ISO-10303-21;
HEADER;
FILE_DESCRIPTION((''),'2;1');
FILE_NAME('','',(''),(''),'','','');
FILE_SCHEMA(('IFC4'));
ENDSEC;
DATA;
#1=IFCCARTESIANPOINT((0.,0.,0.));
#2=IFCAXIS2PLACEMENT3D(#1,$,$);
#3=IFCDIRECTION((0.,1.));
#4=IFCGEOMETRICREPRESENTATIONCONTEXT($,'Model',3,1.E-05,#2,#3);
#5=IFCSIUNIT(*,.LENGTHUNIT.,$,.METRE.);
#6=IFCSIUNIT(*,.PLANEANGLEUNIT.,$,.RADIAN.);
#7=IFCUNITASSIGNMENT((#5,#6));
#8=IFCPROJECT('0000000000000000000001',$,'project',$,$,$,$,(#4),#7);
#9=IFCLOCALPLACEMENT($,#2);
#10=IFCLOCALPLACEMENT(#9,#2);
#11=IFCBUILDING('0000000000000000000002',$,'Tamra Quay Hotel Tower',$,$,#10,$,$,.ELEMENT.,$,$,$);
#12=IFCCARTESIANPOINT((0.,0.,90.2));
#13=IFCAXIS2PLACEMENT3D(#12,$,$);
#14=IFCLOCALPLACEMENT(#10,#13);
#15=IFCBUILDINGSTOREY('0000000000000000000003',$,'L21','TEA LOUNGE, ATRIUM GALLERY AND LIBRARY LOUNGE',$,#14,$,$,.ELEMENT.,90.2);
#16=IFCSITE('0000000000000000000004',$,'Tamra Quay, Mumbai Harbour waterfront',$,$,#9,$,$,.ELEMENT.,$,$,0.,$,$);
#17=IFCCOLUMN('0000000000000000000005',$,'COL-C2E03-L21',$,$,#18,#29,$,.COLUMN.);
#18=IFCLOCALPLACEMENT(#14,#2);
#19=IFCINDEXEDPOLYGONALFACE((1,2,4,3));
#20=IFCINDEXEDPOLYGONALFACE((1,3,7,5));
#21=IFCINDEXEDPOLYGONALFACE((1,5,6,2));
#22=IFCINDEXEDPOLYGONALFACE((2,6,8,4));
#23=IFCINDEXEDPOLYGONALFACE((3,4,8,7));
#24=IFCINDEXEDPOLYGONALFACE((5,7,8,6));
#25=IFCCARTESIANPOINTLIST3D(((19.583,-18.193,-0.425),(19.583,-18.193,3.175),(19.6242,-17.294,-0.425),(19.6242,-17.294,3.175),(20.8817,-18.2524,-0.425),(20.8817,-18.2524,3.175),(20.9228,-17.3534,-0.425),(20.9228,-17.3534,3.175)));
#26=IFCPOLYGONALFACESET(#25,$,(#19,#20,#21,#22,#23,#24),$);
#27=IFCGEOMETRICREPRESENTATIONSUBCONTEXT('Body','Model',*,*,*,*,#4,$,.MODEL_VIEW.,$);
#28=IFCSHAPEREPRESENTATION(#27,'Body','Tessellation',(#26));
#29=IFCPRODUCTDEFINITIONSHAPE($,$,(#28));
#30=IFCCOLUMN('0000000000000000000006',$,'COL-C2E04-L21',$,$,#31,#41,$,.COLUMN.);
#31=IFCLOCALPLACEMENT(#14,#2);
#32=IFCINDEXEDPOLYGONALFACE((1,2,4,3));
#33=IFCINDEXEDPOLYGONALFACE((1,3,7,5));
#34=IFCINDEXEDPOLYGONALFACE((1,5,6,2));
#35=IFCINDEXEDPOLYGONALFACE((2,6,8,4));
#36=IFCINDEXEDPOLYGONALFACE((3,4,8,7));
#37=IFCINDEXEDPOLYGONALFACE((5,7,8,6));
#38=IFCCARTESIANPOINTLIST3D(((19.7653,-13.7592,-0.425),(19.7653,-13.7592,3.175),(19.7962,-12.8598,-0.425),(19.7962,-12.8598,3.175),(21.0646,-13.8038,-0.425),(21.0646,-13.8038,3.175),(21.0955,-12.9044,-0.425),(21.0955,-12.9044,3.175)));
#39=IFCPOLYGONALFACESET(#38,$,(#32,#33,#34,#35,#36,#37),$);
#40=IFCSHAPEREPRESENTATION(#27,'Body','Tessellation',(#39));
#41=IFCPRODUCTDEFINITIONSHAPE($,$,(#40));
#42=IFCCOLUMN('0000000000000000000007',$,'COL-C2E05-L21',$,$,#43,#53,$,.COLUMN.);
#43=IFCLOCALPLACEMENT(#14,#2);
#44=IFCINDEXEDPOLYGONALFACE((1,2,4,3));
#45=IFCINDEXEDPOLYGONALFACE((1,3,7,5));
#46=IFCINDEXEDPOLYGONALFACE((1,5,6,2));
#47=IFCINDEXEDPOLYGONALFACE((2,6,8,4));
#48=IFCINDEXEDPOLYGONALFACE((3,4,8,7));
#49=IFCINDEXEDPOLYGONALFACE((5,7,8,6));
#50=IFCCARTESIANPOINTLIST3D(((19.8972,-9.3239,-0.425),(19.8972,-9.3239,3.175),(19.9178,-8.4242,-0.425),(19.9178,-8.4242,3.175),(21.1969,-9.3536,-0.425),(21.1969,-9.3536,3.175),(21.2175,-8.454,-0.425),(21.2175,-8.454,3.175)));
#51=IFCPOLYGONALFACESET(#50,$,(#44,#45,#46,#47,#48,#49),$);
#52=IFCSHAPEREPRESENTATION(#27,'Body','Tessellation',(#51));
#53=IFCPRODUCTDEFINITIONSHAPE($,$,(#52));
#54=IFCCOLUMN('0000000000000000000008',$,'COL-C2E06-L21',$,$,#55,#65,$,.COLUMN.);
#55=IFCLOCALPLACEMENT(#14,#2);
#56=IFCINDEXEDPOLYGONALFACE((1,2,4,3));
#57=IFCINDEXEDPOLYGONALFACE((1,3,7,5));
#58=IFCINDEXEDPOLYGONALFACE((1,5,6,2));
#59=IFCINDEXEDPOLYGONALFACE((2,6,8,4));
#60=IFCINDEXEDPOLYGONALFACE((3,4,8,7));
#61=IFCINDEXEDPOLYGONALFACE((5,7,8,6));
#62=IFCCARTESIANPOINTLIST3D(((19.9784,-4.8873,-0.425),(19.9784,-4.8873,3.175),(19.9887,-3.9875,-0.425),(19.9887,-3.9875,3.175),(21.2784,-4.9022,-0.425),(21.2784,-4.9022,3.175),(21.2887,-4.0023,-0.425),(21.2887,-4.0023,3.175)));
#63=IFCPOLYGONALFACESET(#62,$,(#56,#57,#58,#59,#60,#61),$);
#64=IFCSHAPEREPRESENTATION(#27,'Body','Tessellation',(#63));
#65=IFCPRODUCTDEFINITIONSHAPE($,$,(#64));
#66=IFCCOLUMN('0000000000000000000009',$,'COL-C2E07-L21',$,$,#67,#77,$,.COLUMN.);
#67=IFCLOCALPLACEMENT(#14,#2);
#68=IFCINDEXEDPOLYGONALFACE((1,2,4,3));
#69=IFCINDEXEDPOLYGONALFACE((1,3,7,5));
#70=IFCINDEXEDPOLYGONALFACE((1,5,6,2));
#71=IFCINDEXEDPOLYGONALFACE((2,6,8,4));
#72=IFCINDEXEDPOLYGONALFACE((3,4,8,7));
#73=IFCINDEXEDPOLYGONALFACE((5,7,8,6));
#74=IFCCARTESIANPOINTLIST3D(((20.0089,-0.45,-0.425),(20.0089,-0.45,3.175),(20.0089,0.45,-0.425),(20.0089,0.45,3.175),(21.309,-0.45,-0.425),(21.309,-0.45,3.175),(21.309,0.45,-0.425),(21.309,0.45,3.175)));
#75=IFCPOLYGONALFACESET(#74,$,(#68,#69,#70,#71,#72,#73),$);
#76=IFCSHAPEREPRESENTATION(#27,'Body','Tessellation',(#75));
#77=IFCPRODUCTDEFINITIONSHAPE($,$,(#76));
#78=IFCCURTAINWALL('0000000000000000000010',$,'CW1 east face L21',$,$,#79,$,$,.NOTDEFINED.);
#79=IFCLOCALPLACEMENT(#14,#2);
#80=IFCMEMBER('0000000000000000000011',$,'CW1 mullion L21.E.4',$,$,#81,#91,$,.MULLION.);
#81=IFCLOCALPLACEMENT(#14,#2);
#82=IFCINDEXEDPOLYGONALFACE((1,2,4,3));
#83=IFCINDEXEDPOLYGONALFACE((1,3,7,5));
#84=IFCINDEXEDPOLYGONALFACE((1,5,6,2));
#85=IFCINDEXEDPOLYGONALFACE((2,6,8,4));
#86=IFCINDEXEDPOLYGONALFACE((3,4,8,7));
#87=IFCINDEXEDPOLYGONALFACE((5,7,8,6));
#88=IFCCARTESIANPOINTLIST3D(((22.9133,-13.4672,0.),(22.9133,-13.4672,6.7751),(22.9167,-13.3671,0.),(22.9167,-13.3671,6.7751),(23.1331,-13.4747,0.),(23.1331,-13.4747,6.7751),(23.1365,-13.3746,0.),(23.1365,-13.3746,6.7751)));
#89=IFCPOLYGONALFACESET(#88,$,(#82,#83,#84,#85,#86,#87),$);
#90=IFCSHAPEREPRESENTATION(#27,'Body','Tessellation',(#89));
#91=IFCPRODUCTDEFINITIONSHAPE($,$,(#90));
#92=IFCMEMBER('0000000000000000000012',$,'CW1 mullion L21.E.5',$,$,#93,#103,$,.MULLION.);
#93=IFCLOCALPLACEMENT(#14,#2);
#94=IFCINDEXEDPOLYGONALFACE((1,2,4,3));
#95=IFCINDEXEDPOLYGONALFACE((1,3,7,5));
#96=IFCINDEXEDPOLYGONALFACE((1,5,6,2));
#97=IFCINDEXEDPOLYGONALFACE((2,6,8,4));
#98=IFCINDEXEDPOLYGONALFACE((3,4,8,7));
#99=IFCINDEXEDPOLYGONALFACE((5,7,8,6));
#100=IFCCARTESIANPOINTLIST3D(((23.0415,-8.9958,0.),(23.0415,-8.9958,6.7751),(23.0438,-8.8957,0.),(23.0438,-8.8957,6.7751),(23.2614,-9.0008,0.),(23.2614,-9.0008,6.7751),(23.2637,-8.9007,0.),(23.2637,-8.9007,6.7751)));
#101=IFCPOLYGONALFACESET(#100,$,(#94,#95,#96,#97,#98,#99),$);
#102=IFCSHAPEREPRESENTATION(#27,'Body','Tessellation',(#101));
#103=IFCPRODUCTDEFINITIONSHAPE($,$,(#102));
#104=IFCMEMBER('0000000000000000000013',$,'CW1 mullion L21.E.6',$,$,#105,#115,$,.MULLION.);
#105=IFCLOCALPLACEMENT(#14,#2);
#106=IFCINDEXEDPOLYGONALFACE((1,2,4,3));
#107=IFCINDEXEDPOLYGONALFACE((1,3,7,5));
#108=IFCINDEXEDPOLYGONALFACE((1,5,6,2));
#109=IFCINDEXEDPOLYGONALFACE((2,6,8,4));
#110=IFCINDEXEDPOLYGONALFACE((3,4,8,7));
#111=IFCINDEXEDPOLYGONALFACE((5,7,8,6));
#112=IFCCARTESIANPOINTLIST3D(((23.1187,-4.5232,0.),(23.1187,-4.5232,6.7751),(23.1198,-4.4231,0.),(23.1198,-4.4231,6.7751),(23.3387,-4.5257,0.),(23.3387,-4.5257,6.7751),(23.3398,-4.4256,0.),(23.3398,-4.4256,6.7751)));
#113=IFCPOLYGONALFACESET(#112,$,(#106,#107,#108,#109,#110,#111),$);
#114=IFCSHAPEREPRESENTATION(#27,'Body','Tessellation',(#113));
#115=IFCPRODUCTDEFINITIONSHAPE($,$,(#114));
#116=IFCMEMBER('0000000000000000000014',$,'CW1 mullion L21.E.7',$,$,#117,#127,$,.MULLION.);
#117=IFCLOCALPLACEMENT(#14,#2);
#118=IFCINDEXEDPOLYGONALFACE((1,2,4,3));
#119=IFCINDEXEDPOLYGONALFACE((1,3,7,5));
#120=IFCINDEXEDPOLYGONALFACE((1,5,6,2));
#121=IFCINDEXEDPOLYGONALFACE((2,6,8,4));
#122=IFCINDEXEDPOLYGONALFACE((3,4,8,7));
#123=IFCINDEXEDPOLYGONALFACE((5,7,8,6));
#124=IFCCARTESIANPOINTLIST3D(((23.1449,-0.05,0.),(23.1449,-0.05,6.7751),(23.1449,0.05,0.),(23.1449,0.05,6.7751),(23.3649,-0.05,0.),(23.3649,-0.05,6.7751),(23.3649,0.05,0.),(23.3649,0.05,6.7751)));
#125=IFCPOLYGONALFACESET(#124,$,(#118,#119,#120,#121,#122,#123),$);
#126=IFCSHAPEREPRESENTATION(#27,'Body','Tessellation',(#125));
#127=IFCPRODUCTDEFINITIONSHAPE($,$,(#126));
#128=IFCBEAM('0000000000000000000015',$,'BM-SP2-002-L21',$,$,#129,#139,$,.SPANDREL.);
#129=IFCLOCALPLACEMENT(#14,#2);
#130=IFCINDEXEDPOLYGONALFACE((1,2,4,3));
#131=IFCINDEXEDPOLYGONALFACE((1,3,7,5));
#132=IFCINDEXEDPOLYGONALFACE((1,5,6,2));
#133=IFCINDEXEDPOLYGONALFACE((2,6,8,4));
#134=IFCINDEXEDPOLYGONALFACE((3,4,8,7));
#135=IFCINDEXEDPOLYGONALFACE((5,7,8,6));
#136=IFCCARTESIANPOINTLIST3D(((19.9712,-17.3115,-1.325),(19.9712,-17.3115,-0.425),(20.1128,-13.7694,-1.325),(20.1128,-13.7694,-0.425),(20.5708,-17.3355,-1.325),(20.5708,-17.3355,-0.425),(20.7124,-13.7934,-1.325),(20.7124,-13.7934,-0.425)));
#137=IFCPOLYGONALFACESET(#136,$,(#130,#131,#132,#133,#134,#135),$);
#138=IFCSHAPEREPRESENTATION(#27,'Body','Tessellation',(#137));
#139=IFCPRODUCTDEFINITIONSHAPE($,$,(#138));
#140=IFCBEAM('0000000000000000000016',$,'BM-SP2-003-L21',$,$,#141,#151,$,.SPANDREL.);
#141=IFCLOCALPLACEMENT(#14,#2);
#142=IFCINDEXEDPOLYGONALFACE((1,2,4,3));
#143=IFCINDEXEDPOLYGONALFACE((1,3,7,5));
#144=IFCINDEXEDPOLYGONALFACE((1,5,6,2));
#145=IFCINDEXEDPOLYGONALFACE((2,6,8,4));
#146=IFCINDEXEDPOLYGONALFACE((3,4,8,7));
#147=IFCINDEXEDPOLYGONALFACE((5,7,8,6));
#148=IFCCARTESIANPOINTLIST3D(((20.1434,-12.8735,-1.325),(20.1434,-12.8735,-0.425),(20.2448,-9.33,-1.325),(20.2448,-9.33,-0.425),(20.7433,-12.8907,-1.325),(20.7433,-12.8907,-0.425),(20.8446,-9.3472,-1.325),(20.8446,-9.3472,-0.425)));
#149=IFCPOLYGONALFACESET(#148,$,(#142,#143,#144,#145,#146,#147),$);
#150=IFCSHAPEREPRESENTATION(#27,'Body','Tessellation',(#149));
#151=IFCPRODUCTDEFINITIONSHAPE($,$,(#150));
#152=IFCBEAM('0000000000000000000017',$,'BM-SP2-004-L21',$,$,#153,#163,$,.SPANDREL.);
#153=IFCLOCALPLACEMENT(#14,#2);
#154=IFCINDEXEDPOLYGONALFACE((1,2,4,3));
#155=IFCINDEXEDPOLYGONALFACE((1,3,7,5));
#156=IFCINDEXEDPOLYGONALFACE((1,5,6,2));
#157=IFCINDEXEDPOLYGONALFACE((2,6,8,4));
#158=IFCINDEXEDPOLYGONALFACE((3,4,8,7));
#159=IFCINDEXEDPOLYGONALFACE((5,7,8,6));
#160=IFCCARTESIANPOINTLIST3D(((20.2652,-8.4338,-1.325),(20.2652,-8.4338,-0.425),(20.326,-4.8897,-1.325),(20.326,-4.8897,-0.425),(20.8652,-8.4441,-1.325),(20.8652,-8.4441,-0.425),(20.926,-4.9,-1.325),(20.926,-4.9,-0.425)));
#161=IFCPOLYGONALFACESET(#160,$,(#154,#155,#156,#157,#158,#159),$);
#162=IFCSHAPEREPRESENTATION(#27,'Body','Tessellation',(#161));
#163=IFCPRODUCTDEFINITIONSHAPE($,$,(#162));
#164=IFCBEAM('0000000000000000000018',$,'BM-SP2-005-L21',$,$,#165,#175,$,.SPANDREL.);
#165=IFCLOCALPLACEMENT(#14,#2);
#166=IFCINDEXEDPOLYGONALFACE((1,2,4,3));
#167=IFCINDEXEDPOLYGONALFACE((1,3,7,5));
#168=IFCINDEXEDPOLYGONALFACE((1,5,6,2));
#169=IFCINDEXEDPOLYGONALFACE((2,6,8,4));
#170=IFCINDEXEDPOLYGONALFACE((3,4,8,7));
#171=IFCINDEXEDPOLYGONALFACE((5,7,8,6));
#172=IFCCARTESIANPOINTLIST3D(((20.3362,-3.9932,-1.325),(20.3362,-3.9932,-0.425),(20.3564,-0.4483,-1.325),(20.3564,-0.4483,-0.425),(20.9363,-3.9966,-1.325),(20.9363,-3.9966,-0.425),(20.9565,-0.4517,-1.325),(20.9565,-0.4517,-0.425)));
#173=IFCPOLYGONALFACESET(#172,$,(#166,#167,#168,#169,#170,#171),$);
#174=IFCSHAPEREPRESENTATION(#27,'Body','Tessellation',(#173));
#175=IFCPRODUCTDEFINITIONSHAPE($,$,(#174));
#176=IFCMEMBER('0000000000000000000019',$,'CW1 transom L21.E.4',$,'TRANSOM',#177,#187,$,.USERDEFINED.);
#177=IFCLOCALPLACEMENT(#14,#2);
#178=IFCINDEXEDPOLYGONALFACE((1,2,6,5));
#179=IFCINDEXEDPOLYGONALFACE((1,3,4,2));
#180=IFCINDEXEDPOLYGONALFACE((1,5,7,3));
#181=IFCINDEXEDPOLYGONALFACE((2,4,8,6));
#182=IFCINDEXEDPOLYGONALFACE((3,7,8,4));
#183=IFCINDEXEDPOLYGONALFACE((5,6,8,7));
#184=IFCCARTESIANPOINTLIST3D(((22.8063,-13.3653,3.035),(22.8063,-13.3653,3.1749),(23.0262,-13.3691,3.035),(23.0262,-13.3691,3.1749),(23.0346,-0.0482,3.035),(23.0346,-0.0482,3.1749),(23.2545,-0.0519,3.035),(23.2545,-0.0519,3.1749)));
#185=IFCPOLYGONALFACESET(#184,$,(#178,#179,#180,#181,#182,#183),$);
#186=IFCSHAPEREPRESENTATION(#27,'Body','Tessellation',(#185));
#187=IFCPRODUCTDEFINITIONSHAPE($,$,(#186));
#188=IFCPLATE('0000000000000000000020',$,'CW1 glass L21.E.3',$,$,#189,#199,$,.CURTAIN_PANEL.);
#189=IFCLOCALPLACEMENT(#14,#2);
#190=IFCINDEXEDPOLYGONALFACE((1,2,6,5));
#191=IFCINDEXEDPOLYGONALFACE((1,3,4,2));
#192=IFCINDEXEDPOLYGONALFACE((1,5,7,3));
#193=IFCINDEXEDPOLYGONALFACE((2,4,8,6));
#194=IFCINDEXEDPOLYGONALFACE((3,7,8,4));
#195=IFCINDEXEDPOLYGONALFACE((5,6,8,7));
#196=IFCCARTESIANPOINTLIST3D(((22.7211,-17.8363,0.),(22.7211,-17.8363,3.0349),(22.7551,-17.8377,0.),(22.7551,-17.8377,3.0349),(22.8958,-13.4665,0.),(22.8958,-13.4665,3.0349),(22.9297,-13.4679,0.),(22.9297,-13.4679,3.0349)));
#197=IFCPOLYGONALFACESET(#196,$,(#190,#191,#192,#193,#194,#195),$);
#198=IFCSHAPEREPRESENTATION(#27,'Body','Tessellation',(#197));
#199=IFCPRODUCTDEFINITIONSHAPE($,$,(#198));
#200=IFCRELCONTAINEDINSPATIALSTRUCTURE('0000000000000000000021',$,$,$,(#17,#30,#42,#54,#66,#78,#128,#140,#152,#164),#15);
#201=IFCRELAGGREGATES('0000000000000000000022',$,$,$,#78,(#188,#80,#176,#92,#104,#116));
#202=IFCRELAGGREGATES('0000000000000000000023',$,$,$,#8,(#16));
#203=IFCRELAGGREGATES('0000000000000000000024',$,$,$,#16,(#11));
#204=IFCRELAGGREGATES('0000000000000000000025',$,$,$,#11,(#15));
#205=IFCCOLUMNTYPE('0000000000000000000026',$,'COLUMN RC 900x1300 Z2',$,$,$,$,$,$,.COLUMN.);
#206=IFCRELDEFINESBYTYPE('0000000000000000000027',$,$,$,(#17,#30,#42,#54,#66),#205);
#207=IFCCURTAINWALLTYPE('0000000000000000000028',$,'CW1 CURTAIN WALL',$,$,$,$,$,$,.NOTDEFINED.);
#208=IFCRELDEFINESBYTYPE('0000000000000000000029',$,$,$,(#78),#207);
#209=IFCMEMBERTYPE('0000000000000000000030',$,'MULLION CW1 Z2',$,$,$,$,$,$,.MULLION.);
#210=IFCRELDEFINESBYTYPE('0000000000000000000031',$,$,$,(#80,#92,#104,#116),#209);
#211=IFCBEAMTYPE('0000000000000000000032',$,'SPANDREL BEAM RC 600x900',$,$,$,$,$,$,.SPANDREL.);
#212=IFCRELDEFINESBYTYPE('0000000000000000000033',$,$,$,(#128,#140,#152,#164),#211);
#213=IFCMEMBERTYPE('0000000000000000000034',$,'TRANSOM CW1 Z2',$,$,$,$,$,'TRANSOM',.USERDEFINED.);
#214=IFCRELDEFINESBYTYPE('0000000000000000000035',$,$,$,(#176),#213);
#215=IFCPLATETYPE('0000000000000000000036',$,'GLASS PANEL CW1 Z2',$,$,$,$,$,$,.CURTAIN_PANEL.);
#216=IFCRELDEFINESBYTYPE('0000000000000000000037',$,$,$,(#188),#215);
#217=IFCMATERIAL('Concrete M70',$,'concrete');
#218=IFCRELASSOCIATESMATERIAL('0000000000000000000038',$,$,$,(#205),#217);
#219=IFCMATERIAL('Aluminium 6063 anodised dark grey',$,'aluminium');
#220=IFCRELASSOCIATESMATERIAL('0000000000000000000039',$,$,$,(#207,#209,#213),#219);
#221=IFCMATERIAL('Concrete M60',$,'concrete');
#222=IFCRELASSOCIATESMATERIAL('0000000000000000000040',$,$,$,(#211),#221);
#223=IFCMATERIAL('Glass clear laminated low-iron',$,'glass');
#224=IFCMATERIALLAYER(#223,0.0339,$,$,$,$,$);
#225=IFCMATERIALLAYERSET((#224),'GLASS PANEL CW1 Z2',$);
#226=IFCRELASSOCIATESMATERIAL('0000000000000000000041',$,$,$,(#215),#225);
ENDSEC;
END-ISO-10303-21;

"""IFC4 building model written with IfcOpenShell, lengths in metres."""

from ifc_helpers import new_model, si_unit, direction, frame, origin, origin_2d, place, context, subcontext, project, spatial, rectangle, extrude, material, layer, layer_set, material_profile, profile_set, type_object, element, aggregate, save


model = new_model("IFC4")

# Units and contexts
model_context = context("Model", 3, precision=1e-05, world=origin(), true_north=direction((0.0, 1.0)))
body_context = subcontext(model_context, "Body", "Model", "MODEL_VIEW")
ifc_project = project(units=[si_unit("LENGTHUNIT", "METRE"), si_unit("PLANEANGLEUNIT", "RADIAN")], contexts=[model_context])

# Site, building, storey
site_placement = place(None, origin())
site = spatial("IfcSite", under=ifc_project, at=site_placement, Name="Tamra Quay, Mumbai Harbour waterfront", CompositionType="ELEMENT", RefElevation=0.0)
building_placement = place(site_placement, origin())
building = spatial("IfcBuilding", under=site, at=building_placement, Name="Tamra Quay Hotel Tower", CompositionType="ELEMENT")
storey_placement = place(building_placement, frame((0.0, 0.0, 90.2)))
storey = spatial("IfcBuildingStorey", under=building, at=storey_placement, Name="L21", Description="TEA LOUNGE, ATRIUM GALLERY AND LIBRARY LOUNGE", CompositionType="ELEMENT", Elevation=90.2)

# Columns
ifc_material_1 = material(Name="Concrete M70", Category="concrete")
ifc_material_profile_1 = material_profile(ifc_material_1, rectangle(XDim=1.3, YDim=0.8999, at=origin_2d()), Name="COLUMN RC 900x1300 Z2")
ifc_profile_set_1 = profile_set([ifc_material_profile_1], Name="Concrete M70")
column_type = type_object("IfcColumnType", Name="COLUMN RC 900x1300 Z2", PredefinedType="COLUMN", material=ifc_profile_set_1)
for number, where, z_axis, x_axis, name in (
    (1, (20.2529, -17.7732, -0.425), (0.0, 0.0, 1.0), (-0.998955, 0.045712, 0.0), "COL-C2E03-L21"),
    (2, (20.4304, -13.3318, -0.425), (0.0, 0.0, 1.0), (-0.999412, 0.034299, 0.0), "COL-C2E04-L21"),
    (3, (20.5574, -8.8889, -0.425), (0.0, 0.0, 1.0), (-0.999738, 0.022874, 0.0), "COL-C2E05-L21"),
    (4, (20.6335, -4.4448, -0.425), (0.0, 0.0, 1.0), (-0.999935, 0.011439, 0.0), "COL-C2E06-L21"),
    (5, (20.6589, 0.0, -0.425), (0.0, 0.0, 1.0), (1.0, 0.0, 0.0), "COL-C2E07-L21"),
):
    element("IfcColumn", number, at=place(storey_placement, frame(where, z_axis=z_axis, x_axis=x_axis)), inside=storey, type_object=column_type, Name=name, PredefinedType="COLUMN", context=body_context, shape_type="SweptSolid", body=[
        extrude(rectangle(XDim=1.3, YDim=0.8999, at=origin_2d()), origin(), (0.0, 0.0, 1.0), 3.6001),
    ])

# Curtain wall, members
ifc_material_2 = material(Name="Aluminium 6063 anodised dark grey", Category="aluminium")
curtain_wall_type = type_object("IfcCurtainWallType", Name="CW1 CURTAIN WALL", PredefinedType="NOTDEFINED", material=ifc_material_2)
curtain_wall_placement = place(storey_placement, origin())
curtain_wall = element("IfcCurtainWall", 6, at=curtain_wall_placement, inside=storey, type_object=curtain_wall_type, Name="CW1 east face L21", PredefinedType="NOTDEFINED")
ifc_material_profile_2 = material_profile(ifc_material_2, rectangle(XDim=0.22, YDim=0.1001, at=origin_2d()), Name="MULLION 100X220")
ifc_profile_set_2 = profile_set([ifc_material_profile_2], Name="Aluminium 6063 anodised dark grey")
member_type_1 = type_object("IfcMemberType", Name="MULLION CW1 Z2", PredefinedType="MULLION", material=ifc_profile_set_2)
member_1_placement = place(storey_placement, frame((23.0249, -13.4209, 0.0), z_axis=(0.0, 0.0, 1.0), x_axis=(0.999413, -0.034246, 0.0)))
member_1 = element("IfcMember", 7, at=member_1_placement, type_object=member_type_1, Name="CW1 mullion L21.E.4", PredefinedType="MULLION", context=body_context, shape_type="SweptSolid", body=[
    extrude(rectangle(XDim=0.22, YDim=0.1001, at=origin_2d()), origin(), (0.0, 0.0, 1.0), 6.7751),
])
member_2_placement = place(storey_placement, frame((23.1526, -8.9482, 0.0), z_axis=(0.0, 0.0, 1.0), x_axis=(0.999739, -0.022841, 0.0)))
member_2 = element("IfcMember", 8, at=member_2_placement, type_object=member_type_1, Name="CW1 mullion L21.E.5", PredefinedType="MULLION", context=body_context, shape_type="SweptSolid", body=[
    extrude(rectangle(XDim=0.22, YDim=0.1001, at=origin_2d()), origin(), (0.0, 0.0, 1.0), 6.7751),
])
member_3_placement = place(storey_placement, frame((23.2292, -4.4744, 0.0), z_axis=(0.0, 0.0, 1.0), x_axis=(0.999935, -0.011424, 0.0)))
member_3 = element("IfcMember", 9, at=member_3_placement, type_object=member_type_1, Name="CW1 mullion L21.E.6", PredefinedType="MULLION", context=body_context, shape_type="SweptSolid", body=[
    extrude(rectangle(XDim=0.22, YDim=0.1001, at=origin_2d()), origin(), (0.0, 0.0, 1.0), 6.7751),
])
member_4_placement = place(storey_placement, frame((23.2549, 0.0, 0.0), z_axis=(0.0, 0.0, 1.0), x_axis=(1.0, 0.0, 0.0)))
member_4 = element("IfcMember", 10, at=member_4_placement, type_object=member_type_1, Name="CW1 mullion L21.E.7", PredefinedType="MULLION", context=body_context, shape_type="SweptSolid", body=[
    extrude(rectangle(XDim=0.22, YDim=0.1001, at=origin_2d()), origin(), (0.0, 0.0, 1.0), 6.7751),
])

# Beams
ifc_material_3 = material(Name="Concrete M60", Category="concrete")
ifc_material_profile_3 = material_profile(ifc_material_3, rectangle(XDim=0.6001, YDim=0.8999, at=origin_2d()), Name="SPANDREL BEAM RC 600x900")
ifc_profile_set_3 = profile_set([ifc_material_profile_3], Name="Concrete M60")
beam_type = type_object("IfcBeamType", Name="SPANDREL BEAM RC 600x900", PredefinedType="SPANDREL", material=ifc_profile_set_3)
for number, where, z_axis, x_axis, name in (
    (11, (20.271, -17.3235, -0.875), (0.039946, 0.999202, 0.0), (-0.999202, 0.039946, 0.0), "BM-SP2-002-L21"),
    (12, (20.4434, -12.8821, -0.875), (0.028581, 0.999591, 0.0), (-0.999591, 0.028581, 0.0), "BM-SP2-003-L21"),
):
    element("IfcBeam", number, at=place(storey_placement, frame(where, z_axis=z_axis, x_axis=x_axis)), inside=storey, type_object=beam_type, Name=name, PredefinedType="SPANDREL", context=body_context, shape_type="SweptSolid", body=[
        extrude(rectangle(XDim=0.6001, YDim=0.8999, at=origin_2d()), origin(), (0.0, 0.0, 1.0), 3.5449),
    ])
beam_1_placement = place(storey_placement, frame((20.5652, -8.439, -0.875), z_axis=(0.01715, 0.999853, 0.0), x_axis=(-0.999853, 0.01715, 0.0)))
element("IfcBeam", 13, at=beam_1_placement, inside=storey, type_object=beam_type, Name="BM-SP2-004-L21", PredefinedType="SPANDREL", context=body_context, shape_type="SweptSolid", body=[
    extrude(rectangle(XDim=0.6001, YDim=0.8999, at=origin_2d()), origin(), (0.0, 0.0, 1.0), 3.5447),
])
beam_2_placement = place(storey_placement, frame((20.6362, -3.9949, -0.875), z_axis=(0.005716, 0.999984, 0.0), x_axis=(-0.999984, 0.005716, 0.0)))
element("IfcBeam", 14, at=beam_2_placement, inside=storey, type_object=beam_type, Name="BM-SP2-005-L21", PredefinedType="SPANDREL", context=body_context, shape_type="SweptSolid", body=[
    extrude(rectangle(XDim=0.6001, YDim=0.8999, at=origin_2d()), origin(), (0.0, 0.0, 1.0), 3.5449),
])

# Member
ifc_material_profile_4 = material_profile(ifc_material_2, rectangle(XDim=0.22, YDim=0.1399, at=origin_2d()), Name="TRANSOM 220X140")
ifc_profile_set_4 = profile_set([ifc_material_profile_4], Name="Aluminium 6063 anodised dark grey")
member_type_2 = type_object("IfcMemberType", Name="TRANSOM CW1 Z2", ElementType="TRANSOM", PredefinedType="USERDEFINED", material=ifc_profile_set_4)
member_5_placement = place(storey_placement, frame((22.9163, -13.3672, 3.105), z_axis=(0.017139, 0.999853, 0.0), x_axis=(-0.999853, 0.017139, 0.0)))
member_5 = element("IfcMember", 15, at=member_5_placement, type_object=member_type_2, Name="CW1 transom L21.E.4", ObjectType="TRANSOM", PredefinedType="USERDEFINED", context=body_context, shape_type="SweptSolid", body=[
    extrude(rectangle(XDim=0.22, YDim=0.1399, at=origin_2d()), origin(), (0.0, 0.0, 1.0), 13.3191),
])

# Plate
ifc_material_4 = material(Name="Glass clear laminated low-iron", Category="glass")
ifc_layer_1 = layer(ifc_material_4, 0.0339)
ifc_layer_set_1 = layer_set([ifc_layer_1], Name="GLASS PANEL CW1 Z2")
plate_type = type_object("IfcPlateType", Name="GLASS PANEL CW1 Z2", PredefinedType="CURTAIN_PANEL", material=ifc_layer_set_1)
plate_1_placement = place(storey_placement, frame((22.8254, -15.6521, 0.0), z_axis=(0.0, 0.0, 1.0), x_axis=(0.039944, 0.999202, 0.0)))
plate_1 = element("IfcPlate", 16, at=plate_1_placement, type_object=plate_type, Name="CW1 glass L21.E.3", PredefinedType="CURTAIN_PANEL", context=body_context, shape_type="SweptSolid", body=[
    extrude(rectangle(XDim=4.3733, YDim=0.0339, at=origin_2d()), origin(), (0.0, 0.0, 1.0), 3.0349),
])
aggregate(curtain_wall, [plate_1, member_1, member_5, member_2, member_3, member_4])

save(model, "model.ifc")
